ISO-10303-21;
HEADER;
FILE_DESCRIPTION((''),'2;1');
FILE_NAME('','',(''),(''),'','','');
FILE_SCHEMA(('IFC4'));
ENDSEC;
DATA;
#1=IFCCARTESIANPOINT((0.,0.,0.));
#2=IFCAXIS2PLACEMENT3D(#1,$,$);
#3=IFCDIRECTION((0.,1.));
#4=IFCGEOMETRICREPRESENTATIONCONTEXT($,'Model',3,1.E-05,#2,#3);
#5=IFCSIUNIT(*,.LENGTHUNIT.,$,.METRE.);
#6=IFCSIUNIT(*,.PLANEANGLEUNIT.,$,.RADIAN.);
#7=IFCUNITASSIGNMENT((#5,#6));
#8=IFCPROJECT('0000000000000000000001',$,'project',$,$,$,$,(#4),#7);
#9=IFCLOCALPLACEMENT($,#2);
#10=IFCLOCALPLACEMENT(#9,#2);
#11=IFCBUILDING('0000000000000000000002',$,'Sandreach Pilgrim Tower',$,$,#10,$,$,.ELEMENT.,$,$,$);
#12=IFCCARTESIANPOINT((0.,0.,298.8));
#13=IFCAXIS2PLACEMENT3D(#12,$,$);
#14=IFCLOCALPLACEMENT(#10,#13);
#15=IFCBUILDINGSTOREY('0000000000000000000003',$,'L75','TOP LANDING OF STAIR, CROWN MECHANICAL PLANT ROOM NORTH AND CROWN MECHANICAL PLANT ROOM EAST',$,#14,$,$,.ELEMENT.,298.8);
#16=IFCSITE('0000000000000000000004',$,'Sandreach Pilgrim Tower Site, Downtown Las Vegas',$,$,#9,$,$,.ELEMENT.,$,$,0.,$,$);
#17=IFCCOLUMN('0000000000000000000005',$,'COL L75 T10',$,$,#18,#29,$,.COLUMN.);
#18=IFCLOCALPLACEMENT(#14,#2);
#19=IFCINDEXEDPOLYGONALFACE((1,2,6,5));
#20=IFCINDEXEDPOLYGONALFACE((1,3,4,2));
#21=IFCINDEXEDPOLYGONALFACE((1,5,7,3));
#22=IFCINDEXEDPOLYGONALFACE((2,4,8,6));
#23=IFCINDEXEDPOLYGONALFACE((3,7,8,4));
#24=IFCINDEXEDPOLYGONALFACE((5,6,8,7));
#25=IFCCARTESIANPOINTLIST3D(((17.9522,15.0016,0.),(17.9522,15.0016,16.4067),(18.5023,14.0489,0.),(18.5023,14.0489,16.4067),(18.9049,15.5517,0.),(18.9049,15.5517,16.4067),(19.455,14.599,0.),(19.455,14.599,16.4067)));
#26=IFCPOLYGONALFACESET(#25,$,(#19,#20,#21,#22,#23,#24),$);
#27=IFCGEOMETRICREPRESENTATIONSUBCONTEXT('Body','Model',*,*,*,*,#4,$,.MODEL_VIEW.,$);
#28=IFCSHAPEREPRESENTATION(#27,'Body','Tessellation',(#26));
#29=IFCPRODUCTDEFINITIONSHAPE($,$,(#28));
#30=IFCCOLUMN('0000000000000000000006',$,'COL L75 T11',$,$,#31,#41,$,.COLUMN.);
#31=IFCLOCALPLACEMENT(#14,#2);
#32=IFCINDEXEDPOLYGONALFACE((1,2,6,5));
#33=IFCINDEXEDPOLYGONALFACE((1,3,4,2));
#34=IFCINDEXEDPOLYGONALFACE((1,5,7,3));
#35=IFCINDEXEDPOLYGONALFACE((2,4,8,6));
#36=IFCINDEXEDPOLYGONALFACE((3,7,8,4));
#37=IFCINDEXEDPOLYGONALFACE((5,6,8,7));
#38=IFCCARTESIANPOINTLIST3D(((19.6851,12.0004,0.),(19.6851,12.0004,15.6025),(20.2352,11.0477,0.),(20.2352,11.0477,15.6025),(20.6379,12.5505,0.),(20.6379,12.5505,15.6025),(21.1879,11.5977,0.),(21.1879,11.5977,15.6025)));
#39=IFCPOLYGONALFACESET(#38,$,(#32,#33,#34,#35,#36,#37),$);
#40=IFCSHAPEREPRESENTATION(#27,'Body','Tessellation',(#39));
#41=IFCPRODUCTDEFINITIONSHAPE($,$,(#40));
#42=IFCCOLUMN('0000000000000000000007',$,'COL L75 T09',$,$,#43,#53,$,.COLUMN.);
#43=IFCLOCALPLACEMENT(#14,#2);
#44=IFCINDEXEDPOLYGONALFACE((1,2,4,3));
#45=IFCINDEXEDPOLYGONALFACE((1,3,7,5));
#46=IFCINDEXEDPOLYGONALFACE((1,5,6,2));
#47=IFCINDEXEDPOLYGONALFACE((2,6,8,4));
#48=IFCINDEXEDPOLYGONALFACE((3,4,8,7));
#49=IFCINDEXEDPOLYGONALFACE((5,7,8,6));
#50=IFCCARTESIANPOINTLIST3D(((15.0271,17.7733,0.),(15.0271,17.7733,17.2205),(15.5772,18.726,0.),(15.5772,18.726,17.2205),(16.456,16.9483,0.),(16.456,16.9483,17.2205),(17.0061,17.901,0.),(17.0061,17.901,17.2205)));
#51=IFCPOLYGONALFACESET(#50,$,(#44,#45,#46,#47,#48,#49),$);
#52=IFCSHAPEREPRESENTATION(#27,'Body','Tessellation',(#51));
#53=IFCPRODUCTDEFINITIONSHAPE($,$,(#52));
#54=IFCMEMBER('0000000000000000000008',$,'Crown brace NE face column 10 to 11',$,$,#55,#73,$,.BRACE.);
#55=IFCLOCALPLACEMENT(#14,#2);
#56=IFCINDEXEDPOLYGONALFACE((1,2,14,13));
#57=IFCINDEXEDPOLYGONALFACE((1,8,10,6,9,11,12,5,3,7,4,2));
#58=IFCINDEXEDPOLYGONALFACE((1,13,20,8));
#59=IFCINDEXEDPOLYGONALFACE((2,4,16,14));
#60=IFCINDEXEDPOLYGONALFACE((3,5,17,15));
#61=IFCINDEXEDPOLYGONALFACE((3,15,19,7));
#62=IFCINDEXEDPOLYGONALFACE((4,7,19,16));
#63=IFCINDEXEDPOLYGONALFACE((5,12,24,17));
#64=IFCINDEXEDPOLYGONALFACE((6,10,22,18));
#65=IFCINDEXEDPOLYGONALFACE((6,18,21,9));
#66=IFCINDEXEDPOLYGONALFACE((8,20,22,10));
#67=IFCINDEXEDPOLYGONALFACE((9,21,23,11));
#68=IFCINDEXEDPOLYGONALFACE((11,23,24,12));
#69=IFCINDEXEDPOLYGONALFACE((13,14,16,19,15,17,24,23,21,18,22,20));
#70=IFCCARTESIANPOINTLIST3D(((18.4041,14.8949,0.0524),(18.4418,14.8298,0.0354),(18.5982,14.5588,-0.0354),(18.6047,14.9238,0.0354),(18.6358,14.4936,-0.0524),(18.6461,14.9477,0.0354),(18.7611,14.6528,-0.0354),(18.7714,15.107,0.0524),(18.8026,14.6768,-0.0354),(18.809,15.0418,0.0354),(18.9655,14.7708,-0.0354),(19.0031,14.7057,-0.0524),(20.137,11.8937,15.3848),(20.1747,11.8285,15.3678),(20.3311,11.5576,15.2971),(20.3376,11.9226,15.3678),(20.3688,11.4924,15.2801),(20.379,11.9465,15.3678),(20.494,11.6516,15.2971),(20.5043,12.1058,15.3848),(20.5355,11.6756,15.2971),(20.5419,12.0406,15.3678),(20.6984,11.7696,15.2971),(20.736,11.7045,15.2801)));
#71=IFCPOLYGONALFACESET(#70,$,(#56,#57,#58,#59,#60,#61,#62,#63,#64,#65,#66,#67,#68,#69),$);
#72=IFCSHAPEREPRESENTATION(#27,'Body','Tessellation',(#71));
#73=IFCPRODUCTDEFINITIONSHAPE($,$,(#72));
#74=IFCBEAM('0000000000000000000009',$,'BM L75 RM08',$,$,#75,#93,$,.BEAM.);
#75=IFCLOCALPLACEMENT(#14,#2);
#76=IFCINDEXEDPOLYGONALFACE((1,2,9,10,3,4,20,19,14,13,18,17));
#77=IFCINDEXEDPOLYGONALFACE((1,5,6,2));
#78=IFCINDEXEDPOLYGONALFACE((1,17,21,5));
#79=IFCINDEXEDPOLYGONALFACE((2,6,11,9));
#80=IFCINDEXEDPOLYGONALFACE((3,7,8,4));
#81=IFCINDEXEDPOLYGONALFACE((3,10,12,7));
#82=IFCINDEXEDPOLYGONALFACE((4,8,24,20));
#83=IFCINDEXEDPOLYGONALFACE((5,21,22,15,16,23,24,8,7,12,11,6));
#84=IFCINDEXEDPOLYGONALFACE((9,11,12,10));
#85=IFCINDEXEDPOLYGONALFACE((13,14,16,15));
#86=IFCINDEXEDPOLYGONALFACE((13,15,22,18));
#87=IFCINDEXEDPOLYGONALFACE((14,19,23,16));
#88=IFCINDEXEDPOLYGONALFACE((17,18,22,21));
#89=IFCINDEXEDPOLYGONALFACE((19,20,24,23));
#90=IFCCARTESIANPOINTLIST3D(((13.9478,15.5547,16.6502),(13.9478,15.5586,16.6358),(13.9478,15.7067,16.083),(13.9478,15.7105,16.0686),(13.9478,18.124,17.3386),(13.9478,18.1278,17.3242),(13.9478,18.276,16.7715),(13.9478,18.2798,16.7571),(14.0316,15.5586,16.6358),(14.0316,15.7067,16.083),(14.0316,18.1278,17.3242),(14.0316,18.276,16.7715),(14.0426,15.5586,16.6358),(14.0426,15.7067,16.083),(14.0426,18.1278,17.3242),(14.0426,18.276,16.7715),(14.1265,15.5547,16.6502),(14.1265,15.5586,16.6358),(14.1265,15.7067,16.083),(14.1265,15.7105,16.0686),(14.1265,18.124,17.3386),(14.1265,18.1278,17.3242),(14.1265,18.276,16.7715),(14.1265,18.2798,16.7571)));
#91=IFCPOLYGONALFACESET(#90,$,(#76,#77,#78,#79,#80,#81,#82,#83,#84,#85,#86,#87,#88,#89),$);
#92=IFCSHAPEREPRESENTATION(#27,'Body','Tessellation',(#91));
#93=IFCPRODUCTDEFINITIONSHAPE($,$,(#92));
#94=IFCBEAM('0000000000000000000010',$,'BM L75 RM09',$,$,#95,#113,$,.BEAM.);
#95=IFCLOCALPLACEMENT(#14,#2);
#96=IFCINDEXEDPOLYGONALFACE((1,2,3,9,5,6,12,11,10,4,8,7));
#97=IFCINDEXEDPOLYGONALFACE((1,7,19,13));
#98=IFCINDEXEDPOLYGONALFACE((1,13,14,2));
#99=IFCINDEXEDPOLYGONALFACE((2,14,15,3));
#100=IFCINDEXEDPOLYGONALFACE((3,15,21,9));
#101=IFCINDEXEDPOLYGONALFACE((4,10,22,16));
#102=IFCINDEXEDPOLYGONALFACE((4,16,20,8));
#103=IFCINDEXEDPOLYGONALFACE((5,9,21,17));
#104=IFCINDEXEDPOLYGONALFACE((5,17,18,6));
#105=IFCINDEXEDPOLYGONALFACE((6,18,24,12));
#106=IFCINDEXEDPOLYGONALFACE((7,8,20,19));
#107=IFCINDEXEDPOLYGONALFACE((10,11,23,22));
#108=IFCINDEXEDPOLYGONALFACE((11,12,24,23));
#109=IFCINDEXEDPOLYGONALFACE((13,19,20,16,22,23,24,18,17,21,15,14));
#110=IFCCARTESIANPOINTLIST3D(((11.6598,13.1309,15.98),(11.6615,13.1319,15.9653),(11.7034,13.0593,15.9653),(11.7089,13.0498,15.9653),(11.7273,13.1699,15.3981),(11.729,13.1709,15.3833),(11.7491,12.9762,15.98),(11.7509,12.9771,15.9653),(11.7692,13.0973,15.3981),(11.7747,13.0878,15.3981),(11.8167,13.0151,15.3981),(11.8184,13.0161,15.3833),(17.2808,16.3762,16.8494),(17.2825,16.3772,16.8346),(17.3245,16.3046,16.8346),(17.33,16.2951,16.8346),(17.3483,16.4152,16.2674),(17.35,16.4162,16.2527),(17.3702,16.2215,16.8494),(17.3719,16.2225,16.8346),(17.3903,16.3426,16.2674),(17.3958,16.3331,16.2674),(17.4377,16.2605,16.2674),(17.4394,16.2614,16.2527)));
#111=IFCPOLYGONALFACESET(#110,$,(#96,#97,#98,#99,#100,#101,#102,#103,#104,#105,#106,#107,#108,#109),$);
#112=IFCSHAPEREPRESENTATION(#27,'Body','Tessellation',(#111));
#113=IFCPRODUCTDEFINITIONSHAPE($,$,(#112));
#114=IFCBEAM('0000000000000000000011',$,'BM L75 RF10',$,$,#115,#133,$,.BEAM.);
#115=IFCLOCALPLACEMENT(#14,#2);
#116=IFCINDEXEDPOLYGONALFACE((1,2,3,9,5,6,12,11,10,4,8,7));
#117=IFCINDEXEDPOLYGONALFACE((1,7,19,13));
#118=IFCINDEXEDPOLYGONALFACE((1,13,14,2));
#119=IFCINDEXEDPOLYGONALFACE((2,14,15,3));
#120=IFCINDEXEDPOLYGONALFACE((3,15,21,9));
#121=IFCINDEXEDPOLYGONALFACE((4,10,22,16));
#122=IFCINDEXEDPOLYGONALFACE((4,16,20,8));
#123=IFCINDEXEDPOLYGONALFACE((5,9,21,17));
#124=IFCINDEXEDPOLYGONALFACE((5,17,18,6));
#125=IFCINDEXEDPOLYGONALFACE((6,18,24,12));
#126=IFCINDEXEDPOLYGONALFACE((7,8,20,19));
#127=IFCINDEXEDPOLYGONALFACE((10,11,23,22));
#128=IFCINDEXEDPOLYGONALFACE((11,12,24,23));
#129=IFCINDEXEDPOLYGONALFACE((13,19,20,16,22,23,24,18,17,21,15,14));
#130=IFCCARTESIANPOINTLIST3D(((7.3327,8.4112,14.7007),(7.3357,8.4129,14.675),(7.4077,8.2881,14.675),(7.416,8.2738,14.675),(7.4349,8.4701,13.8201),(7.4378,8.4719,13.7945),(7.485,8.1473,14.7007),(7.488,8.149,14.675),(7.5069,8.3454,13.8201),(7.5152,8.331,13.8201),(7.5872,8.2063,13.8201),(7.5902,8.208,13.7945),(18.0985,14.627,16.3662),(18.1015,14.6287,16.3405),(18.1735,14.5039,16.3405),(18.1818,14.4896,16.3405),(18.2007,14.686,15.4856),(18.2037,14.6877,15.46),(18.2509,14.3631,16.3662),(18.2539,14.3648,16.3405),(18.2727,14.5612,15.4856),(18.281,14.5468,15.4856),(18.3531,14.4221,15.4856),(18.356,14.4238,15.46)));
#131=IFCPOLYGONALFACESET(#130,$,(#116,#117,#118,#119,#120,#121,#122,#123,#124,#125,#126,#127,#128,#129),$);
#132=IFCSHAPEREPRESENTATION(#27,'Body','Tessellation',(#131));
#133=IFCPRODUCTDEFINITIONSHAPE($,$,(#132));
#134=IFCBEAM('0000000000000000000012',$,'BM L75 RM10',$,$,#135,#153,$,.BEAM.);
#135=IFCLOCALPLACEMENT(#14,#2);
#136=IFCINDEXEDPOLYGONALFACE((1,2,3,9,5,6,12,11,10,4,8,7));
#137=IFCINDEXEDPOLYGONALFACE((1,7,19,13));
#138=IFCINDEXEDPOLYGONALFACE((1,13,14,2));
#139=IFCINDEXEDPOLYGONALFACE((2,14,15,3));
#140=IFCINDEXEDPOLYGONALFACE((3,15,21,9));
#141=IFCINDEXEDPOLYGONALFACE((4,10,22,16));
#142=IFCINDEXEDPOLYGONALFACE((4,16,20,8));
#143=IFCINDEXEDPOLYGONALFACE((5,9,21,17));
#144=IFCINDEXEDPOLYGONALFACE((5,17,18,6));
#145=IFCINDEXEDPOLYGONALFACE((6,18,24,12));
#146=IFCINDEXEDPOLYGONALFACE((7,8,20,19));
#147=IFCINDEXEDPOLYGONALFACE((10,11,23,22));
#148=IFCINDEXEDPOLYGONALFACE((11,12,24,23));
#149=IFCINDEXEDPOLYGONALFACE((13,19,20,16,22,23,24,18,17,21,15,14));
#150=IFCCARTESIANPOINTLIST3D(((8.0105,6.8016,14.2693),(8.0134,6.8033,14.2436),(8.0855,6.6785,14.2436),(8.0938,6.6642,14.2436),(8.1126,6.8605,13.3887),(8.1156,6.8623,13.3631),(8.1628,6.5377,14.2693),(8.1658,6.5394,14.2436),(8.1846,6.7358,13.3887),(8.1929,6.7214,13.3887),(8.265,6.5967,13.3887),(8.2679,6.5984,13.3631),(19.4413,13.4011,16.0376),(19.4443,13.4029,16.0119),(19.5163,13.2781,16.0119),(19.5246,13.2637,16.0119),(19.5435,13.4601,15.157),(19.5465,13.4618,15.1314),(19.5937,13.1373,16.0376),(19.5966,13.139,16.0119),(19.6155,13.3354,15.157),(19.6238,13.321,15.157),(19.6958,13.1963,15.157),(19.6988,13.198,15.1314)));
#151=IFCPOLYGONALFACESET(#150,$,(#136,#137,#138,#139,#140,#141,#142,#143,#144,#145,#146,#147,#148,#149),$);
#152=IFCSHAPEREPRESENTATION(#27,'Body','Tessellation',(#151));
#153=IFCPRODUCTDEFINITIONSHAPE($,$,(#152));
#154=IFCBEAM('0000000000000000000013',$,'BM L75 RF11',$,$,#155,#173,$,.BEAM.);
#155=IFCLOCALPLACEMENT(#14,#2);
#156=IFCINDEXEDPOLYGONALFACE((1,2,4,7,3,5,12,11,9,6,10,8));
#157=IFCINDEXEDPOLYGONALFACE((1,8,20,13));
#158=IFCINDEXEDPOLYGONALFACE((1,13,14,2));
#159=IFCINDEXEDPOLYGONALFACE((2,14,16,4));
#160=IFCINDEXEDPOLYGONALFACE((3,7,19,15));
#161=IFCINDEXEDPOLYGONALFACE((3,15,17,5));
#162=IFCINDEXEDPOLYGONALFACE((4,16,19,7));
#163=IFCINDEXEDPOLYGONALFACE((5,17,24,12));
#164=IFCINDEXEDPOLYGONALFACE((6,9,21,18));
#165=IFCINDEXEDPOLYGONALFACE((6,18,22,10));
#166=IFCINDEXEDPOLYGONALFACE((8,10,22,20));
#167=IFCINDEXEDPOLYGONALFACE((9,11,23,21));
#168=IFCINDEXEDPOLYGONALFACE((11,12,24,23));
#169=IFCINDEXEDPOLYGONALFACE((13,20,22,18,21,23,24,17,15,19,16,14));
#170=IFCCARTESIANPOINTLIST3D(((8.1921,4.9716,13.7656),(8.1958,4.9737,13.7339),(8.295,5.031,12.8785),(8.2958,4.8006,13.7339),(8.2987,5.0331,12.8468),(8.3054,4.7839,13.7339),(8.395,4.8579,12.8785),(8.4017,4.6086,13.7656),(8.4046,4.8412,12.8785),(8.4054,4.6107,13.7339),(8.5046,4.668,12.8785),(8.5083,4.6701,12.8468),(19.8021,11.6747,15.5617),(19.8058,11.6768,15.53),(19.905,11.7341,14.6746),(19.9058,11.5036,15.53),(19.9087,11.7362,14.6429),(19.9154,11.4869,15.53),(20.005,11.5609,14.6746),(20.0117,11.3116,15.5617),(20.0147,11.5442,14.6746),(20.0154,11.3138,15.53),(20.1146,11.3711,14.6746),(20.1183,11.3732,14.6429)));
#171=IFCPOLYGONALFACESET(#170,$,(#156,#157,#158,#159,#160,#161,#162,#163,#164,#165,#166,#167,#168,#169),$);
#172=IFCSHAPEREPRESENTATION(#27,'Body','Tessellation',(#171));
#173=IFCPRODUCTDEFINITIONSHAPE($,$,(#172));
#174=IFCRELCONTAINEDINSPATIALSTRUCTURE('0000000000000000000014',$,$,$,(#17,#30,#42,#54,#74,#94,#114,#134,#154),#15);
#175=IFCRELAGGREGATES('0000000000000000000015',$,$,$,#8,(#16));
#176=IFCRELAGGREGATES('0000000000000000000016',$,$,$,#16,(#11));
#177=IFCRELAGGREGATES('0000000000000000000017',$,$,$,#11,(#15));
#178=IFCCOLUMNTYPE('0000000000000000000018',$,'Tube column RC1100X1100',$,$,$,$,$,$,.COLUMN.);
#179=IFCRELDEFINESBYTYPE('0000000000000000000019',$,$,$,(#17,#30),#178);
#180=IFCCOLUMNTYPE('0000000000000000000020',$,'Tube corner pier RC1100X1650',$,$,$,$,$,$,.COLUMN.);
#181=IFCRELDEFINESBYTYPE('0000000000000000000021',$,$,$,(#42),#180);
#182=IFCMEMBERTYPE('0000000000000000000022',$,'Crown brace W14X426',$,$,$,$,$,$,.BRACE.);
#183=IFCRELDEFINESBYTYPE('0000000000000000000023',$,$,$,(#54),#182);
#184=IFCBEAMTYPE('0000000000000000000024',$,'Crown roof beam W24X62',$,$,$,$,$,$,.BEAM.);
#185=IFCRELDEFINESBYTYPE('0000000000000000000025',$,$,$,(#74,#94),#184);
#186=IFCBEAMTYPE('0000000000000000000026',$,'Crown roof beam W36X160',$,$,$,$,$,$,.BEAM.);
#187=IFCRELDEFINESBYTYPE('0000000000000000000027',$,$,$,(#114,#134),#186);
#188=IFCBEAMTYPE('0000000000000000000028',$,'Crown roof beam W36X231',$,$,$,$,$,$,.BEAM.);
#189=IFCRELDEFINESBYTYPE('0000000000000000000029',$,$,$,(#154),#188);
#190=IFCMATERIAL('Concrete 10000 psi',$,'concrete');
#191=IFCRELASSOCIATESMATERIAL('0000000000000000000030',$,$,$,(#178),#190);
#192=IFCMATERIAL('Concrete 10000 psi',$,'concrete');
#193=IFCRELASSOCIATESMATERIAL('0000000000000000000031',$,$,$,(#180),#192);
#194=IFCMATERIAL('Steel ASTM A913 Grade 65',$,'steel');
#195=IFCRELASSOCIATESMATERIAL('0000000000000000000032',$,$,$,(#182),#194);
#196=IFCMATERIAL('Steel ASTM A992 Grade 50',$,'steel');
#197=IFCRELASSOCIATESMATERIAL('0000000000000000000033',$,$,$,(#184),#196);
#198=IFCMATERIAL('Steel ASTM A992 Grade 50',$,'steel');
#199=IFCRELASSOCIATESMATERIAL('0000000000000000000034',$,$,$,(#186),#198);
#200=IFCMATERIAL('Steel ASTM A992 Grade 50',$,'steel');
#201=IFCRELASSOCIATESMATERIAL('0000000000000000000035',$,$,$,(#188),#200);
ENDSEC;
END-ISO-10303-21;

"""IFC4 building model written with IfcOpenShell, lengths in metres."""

from ifc_helpers import new_model, si_unit, direction, frame, origin, origin_2d, place, context, subcontext, project, spatial, rectangle, i_section, extrude, material, material_profile, profile_set, type_object, element, save


model = new_model("IFC4")

# Units and contexts
model_context = context("Model", 3, precision=1e-05, world=origin(), true_north=direction((0.0, 1.0)))
body_context = subcontext(model_context, "Body", "Model", "MODEL_VIEW")
ifc_project = project(units=[si_unit("LENGTHUNIT", "METRE"), si_unit("PLANEANGLEUNIT", "RADIAN")], contexts=[model_context])

# Site, building, storey
site_placement = place(None, origin())
site = spatial("IfcSite", under=ifc_project, at=site_placement, Name="Sandreach Pilgrim Tower Site, Downtown Las Vegas", CompositionType="ELEMENT", RefElevation=0.0)
building_placement = place(site_placement, origin())
building = spatial("IfcBuilding", under=site, at=building_placement, Name="Sandreach Pilgrim Tower", CompositionType="ELEMENT")
storey_placement = place(building_placement, frame((0.0, 0.0, 298.8)))
storey = spatial("IfcBuildingStorey", under=building, at=storey_placement, Name="L75", Description="TOP LANDING OF STAIR, CROWN MECHANICAL PLANT ROOM NORTH AND CROWN MECHANICAL PLANT ROOM EAST", CompositionType="ELEMENT", Elevation=298.8)

# Columns
ifc_material_1 = material(Name="Concrete 10000 psi", Category="concrete")
ifc_material_profile_1 = material_profile(ifc_material_1, rectangle(XDim=1.1001, YDim=1.1001, at=origin_2d()), Name="RC1100X1100")
ifc_profile_set_1 = profile_set([ifc_material_profile_1], Name="Concrete 10000 psi")
column_type_1 = type_object("IfcColumnType", Name="Tube column RC1100X1100", PredefinedType="COLUMN", material=ifc_profile_set_1)
column_1_placement = place(storey_placement, frame((18.7036, 14.8003, 0.0), z_axis=(0.0, 0.0, 1.0), x_axis=(0.866025, 0.5, 0.0)))
element("IfcColumn", 1, at=column_1_placement, inside=storey, type_object=column_type_1, Name="COL L75 T10", PredefinedType="COLUMN", context=body_context, shape_type="SweptSolid", body=[
    extrude(rectangle(XDim=1.1001, YDim=1.1001, at=origin_2d()), origin(), (0.0, 0.0, 1.0), 16.4067),
])
column_2_placement = place(storey_placement, frame((20.4365, 11.7991, 0.0), z_axis=(0.0, 0.0, 1.0), x_axis=(0.866025, 0.5, 0.0)))
element("IfcColumn", 2, at=column_2_placement, inside=storey, type_object=column_type_1, Name="COL L75 T11", PredefinedType="COLUMN", context=body_context, shape_type="SweptSolid", body=[
    extrude(rectangle(XDim=1.1001, YDim=1.1001, at=origin_2d()), origin(), (0.0, 0.0, 1.0), 15.6025),
])
ifc_material_2 = material(Name="Concrete 10000 psi", Category="concrete")
ifc_material_profile_2 = material_profile(ifc_material_2, rectangle(XDim=1.1001, YDim=1.6499, at=origin_2d()), Name="RC1100X1650")
ifc_profile_set_2 = profile_set([ifc_material_profile_2], Name="Concrete 10000 psi")
column_type_2 = type_object("IfcColumnType", Name="Tube corner pier RC1100X1650", PredefinedType="COLUMN", material=ifc_profile_set_2)
column_3_placement = place(storey_placement, frame((16.0166, 17.8372, 0.0), z_axis=(0.0, 0.0, 1.0), x_axis=(0.5, 0.866025, 0.0)))
element("IfcColumn", 3, at=column_3_placement, inside=storey, type_object=column_type_2, Name="COL L75 T09", PredefinedType="COLUMN", context=body_context, shape_type="SweptSolid", body=[
    extrude(rectangle(XDim=1.1001, YDim=1.6499, at=origin_2d()), origin(), (0.0, 0.0, 1.0), 17.2205),
])

# Member
ifc_material_3 = material(Name="Steel ASTM A913 Grade 65", Category="steel")
ifc_material_profile_3 = material_profile(ifc_material_3, i_section(OverallWidth=0.4241, OverallDepth=0.4751, WebThickness=0.0479, FlangeThickness=0.0771, at=origin_2d()), Name="W14X426")
ifc_profile_set_3 = profile_set([ifc_material_profile_3], Name="Steel ASTM A913 Grade 65")
member_type = type_object("IfcMemberType", Name="Crown brace W14X426", PredefinedType="BRACE", material=ifc_profile_set_3)
member_placement = place(storey_placement, frame((18.7036, 14.8003, 0.0), z_axis=(0.110241, -0.190926, 0.975394), x_axis=(0.866006, 0.500033, 0.0)))
element("IfcMember", 4, at=member_placement, inside=storey, type_object=member_type, Name="Crown brace NE face column 10 to 11", PredefinedType="BRACE", context=body_context, shape_type="SweptSolid", body=[
    extrude(i_section(OverallWidth=0.4241, OverallDepth=0.4751, WebThickness=0.0479, FlangeThickness=0.0771, at=origin_2d()), origin(), (0.0, 0.0, 1.0), 15.7192),
])

# Beams
ifc_material_4 = material(Name="Steel ASTM A992 Grade 50", Category="steel")
ifc_material_profile_4 = material_profile(ifc_material_4, i_section(OverallWidth=0.1787, OverallDepth=0.6021, WebThickness=0.011, FlangeThickness=0.0149, at=origin_2d()), Name="W24X62")
ifc_profile_set_4 = profile_set([ifc_material_profile_4], Name="Steel ASTM A992 Grade 50")
beam_type_1 = type_object("IfcBeamType", Name="Crown roof beam W24X62", PredefinedType="BEAM", material=ifc_profile_set_4)
beam_1_placement = place(storey_placement, frame((14.0371, 18.2019, 17.0479), z_axis=(0.0, -0.965923, -0.258828), x_axis=(1.0, 0.0, 0.0)))
element("IfcBeam", 5, at=beam_1_placement, inside=storey, type_object=beam_type_1, Name="BM L75 RM08", PredefinedType="BEAM", context=body_context, shape_type="SweptSolid", body=[
    extrude(i_section(OverallWidth=0.1787, OverallDepth=0.6021, WebThickness=0.011, FlangeThickness=0.0149, at=origin_2d()), origin(), (0.0, 0.0, 1.0), 2.6599),
])
beam_2_placement = place(storey_placement, frame((17.3601, 16.3188, 16.551), z_axis=(-0.858358, -0.495577, -0.132758), x_axis=(0.500002, -0.866024, 0.0)))
element("IfcBeam", 6, at=beam_2_placement, inside=storey, type_object=beam_type_1, Name="BM L75 RM09", PredefinedType="BEAM", context=body_context, shape_type="SweptSolid", body=[
    extrude(i_section(OverallWidth=0.1787, OverallDepth=0.6021, WebThickness=0.011, FlangeThickness=0.0149, at=origin_2d()), origin(), (0.0, 0.0, 1.0), 6.5486),
])
ifc_material_5 = material(Name="Steel ASTM A992 Grade 50", Category="steel")
ifc_material_profile_5 = material_profile(ifc_material_5, i_section(OverallWidth=0.3047, OverallDepth=0.9143, WebThickness=0.0166, FlangeThickness=0.0259, at=origin_2d()), Name="W36X160")
ifc_profile_set_5 = profile_set([ifc_material_profile_5], Name="Steel ASTM A992 Grade 50")
beam_type_2 = type_object("IfcBeamType", Name="Crown roof beam W36X160", PredefinedType="BEAM", material=ifc_profile_set_5)
beam_3_placement = place(storey_placement, frame((18.2273, 14.5254, 15.9131), z_axis=(-0.858351, -0.495581, -0.132791), x_axis=(0.500009, -0.86602, 0.0)))
element("IfcBeam", 7, at=beam_3_placement, inside=storey, type_object=beam_type_2, Name="BM L75 RF10", PredefinedType="BEAM", context=body_context, shape_type="SweptSolid", body=[
    extrude(i_section(OverallWidth=0.3047, OverallDepth=0.9143, WebThickness=0.0166, FlangeThickness=0.0259, at=origin_2d()), origin(), (0.0, 0.0, 1.0), 12.5425),
])
beam_4_placement = place(storey_placement, frame((19.5701, 13.2996, 15.5845), z_axis=(-0.858358, -0.495571, -0.132784), x_axis=(0.499998, -0.866026, 0.0)))
element("IfcBeam", 8, at=beam_4_placement, inside=storey, type_object=beam_type_2, Name="BM L75 RM10", PredefinedType="BEAM", context=body_context, shape_type="SweptSolid", body=[
    extrude(i_section(OverallWidth=0.3047, OverallDepth=0.9143, WebThickness=0.0166, FlangeThickness=0.0259, at=origin_2d()), origin(), (0.0, 0.0, 1.0), 13.3171),
])
ifc_material_6 = material(Name="Steel ASTM A992 Grade 50", Category="steel")
ifc_material_profile_6 = material_profile(ifc_material_6, i_section(OverallWidth=0.4192, OverallDepth=0.927, WebThickness=0.0193, FlangeThickness=0.032, at=origin_2d()), Name="W36X231")
ifc_profile_set_6 = profile_set([ifc_material_profile_6], Name="Steel ASTM A992 Grade 50")
beam_type_3 = type_object("IfcBeamType", Name="Crown roof beam W36X231", PredefinedType="BEAM", material=ifc_profile_set_6)
beam_5_placement = place(storey_placement, frame((19.9602, 11.5239, 15.1023), z_axis=(-0.858355, -0.495573, -0.132792), x_axis=(0.500001, -0.866025, 0.0)))
element("IfcBeam", 9, at=beam_5_placement, inside=storey, type_object=beam_type_3, Name="BM L75 RF11", PredefinedType="BEAM", context=body_context, shape_type="SweptSolid", body=[
    extrude(i_section(OverallWidth=0.4192, OverallDepth=0.927, WebThickness=0.0193, FlangeThickness=0.032, at=origin_2d()), origin(), (0.0, 0.0, 1.0), 13.5259),
])

save(model, "model.ifc")
